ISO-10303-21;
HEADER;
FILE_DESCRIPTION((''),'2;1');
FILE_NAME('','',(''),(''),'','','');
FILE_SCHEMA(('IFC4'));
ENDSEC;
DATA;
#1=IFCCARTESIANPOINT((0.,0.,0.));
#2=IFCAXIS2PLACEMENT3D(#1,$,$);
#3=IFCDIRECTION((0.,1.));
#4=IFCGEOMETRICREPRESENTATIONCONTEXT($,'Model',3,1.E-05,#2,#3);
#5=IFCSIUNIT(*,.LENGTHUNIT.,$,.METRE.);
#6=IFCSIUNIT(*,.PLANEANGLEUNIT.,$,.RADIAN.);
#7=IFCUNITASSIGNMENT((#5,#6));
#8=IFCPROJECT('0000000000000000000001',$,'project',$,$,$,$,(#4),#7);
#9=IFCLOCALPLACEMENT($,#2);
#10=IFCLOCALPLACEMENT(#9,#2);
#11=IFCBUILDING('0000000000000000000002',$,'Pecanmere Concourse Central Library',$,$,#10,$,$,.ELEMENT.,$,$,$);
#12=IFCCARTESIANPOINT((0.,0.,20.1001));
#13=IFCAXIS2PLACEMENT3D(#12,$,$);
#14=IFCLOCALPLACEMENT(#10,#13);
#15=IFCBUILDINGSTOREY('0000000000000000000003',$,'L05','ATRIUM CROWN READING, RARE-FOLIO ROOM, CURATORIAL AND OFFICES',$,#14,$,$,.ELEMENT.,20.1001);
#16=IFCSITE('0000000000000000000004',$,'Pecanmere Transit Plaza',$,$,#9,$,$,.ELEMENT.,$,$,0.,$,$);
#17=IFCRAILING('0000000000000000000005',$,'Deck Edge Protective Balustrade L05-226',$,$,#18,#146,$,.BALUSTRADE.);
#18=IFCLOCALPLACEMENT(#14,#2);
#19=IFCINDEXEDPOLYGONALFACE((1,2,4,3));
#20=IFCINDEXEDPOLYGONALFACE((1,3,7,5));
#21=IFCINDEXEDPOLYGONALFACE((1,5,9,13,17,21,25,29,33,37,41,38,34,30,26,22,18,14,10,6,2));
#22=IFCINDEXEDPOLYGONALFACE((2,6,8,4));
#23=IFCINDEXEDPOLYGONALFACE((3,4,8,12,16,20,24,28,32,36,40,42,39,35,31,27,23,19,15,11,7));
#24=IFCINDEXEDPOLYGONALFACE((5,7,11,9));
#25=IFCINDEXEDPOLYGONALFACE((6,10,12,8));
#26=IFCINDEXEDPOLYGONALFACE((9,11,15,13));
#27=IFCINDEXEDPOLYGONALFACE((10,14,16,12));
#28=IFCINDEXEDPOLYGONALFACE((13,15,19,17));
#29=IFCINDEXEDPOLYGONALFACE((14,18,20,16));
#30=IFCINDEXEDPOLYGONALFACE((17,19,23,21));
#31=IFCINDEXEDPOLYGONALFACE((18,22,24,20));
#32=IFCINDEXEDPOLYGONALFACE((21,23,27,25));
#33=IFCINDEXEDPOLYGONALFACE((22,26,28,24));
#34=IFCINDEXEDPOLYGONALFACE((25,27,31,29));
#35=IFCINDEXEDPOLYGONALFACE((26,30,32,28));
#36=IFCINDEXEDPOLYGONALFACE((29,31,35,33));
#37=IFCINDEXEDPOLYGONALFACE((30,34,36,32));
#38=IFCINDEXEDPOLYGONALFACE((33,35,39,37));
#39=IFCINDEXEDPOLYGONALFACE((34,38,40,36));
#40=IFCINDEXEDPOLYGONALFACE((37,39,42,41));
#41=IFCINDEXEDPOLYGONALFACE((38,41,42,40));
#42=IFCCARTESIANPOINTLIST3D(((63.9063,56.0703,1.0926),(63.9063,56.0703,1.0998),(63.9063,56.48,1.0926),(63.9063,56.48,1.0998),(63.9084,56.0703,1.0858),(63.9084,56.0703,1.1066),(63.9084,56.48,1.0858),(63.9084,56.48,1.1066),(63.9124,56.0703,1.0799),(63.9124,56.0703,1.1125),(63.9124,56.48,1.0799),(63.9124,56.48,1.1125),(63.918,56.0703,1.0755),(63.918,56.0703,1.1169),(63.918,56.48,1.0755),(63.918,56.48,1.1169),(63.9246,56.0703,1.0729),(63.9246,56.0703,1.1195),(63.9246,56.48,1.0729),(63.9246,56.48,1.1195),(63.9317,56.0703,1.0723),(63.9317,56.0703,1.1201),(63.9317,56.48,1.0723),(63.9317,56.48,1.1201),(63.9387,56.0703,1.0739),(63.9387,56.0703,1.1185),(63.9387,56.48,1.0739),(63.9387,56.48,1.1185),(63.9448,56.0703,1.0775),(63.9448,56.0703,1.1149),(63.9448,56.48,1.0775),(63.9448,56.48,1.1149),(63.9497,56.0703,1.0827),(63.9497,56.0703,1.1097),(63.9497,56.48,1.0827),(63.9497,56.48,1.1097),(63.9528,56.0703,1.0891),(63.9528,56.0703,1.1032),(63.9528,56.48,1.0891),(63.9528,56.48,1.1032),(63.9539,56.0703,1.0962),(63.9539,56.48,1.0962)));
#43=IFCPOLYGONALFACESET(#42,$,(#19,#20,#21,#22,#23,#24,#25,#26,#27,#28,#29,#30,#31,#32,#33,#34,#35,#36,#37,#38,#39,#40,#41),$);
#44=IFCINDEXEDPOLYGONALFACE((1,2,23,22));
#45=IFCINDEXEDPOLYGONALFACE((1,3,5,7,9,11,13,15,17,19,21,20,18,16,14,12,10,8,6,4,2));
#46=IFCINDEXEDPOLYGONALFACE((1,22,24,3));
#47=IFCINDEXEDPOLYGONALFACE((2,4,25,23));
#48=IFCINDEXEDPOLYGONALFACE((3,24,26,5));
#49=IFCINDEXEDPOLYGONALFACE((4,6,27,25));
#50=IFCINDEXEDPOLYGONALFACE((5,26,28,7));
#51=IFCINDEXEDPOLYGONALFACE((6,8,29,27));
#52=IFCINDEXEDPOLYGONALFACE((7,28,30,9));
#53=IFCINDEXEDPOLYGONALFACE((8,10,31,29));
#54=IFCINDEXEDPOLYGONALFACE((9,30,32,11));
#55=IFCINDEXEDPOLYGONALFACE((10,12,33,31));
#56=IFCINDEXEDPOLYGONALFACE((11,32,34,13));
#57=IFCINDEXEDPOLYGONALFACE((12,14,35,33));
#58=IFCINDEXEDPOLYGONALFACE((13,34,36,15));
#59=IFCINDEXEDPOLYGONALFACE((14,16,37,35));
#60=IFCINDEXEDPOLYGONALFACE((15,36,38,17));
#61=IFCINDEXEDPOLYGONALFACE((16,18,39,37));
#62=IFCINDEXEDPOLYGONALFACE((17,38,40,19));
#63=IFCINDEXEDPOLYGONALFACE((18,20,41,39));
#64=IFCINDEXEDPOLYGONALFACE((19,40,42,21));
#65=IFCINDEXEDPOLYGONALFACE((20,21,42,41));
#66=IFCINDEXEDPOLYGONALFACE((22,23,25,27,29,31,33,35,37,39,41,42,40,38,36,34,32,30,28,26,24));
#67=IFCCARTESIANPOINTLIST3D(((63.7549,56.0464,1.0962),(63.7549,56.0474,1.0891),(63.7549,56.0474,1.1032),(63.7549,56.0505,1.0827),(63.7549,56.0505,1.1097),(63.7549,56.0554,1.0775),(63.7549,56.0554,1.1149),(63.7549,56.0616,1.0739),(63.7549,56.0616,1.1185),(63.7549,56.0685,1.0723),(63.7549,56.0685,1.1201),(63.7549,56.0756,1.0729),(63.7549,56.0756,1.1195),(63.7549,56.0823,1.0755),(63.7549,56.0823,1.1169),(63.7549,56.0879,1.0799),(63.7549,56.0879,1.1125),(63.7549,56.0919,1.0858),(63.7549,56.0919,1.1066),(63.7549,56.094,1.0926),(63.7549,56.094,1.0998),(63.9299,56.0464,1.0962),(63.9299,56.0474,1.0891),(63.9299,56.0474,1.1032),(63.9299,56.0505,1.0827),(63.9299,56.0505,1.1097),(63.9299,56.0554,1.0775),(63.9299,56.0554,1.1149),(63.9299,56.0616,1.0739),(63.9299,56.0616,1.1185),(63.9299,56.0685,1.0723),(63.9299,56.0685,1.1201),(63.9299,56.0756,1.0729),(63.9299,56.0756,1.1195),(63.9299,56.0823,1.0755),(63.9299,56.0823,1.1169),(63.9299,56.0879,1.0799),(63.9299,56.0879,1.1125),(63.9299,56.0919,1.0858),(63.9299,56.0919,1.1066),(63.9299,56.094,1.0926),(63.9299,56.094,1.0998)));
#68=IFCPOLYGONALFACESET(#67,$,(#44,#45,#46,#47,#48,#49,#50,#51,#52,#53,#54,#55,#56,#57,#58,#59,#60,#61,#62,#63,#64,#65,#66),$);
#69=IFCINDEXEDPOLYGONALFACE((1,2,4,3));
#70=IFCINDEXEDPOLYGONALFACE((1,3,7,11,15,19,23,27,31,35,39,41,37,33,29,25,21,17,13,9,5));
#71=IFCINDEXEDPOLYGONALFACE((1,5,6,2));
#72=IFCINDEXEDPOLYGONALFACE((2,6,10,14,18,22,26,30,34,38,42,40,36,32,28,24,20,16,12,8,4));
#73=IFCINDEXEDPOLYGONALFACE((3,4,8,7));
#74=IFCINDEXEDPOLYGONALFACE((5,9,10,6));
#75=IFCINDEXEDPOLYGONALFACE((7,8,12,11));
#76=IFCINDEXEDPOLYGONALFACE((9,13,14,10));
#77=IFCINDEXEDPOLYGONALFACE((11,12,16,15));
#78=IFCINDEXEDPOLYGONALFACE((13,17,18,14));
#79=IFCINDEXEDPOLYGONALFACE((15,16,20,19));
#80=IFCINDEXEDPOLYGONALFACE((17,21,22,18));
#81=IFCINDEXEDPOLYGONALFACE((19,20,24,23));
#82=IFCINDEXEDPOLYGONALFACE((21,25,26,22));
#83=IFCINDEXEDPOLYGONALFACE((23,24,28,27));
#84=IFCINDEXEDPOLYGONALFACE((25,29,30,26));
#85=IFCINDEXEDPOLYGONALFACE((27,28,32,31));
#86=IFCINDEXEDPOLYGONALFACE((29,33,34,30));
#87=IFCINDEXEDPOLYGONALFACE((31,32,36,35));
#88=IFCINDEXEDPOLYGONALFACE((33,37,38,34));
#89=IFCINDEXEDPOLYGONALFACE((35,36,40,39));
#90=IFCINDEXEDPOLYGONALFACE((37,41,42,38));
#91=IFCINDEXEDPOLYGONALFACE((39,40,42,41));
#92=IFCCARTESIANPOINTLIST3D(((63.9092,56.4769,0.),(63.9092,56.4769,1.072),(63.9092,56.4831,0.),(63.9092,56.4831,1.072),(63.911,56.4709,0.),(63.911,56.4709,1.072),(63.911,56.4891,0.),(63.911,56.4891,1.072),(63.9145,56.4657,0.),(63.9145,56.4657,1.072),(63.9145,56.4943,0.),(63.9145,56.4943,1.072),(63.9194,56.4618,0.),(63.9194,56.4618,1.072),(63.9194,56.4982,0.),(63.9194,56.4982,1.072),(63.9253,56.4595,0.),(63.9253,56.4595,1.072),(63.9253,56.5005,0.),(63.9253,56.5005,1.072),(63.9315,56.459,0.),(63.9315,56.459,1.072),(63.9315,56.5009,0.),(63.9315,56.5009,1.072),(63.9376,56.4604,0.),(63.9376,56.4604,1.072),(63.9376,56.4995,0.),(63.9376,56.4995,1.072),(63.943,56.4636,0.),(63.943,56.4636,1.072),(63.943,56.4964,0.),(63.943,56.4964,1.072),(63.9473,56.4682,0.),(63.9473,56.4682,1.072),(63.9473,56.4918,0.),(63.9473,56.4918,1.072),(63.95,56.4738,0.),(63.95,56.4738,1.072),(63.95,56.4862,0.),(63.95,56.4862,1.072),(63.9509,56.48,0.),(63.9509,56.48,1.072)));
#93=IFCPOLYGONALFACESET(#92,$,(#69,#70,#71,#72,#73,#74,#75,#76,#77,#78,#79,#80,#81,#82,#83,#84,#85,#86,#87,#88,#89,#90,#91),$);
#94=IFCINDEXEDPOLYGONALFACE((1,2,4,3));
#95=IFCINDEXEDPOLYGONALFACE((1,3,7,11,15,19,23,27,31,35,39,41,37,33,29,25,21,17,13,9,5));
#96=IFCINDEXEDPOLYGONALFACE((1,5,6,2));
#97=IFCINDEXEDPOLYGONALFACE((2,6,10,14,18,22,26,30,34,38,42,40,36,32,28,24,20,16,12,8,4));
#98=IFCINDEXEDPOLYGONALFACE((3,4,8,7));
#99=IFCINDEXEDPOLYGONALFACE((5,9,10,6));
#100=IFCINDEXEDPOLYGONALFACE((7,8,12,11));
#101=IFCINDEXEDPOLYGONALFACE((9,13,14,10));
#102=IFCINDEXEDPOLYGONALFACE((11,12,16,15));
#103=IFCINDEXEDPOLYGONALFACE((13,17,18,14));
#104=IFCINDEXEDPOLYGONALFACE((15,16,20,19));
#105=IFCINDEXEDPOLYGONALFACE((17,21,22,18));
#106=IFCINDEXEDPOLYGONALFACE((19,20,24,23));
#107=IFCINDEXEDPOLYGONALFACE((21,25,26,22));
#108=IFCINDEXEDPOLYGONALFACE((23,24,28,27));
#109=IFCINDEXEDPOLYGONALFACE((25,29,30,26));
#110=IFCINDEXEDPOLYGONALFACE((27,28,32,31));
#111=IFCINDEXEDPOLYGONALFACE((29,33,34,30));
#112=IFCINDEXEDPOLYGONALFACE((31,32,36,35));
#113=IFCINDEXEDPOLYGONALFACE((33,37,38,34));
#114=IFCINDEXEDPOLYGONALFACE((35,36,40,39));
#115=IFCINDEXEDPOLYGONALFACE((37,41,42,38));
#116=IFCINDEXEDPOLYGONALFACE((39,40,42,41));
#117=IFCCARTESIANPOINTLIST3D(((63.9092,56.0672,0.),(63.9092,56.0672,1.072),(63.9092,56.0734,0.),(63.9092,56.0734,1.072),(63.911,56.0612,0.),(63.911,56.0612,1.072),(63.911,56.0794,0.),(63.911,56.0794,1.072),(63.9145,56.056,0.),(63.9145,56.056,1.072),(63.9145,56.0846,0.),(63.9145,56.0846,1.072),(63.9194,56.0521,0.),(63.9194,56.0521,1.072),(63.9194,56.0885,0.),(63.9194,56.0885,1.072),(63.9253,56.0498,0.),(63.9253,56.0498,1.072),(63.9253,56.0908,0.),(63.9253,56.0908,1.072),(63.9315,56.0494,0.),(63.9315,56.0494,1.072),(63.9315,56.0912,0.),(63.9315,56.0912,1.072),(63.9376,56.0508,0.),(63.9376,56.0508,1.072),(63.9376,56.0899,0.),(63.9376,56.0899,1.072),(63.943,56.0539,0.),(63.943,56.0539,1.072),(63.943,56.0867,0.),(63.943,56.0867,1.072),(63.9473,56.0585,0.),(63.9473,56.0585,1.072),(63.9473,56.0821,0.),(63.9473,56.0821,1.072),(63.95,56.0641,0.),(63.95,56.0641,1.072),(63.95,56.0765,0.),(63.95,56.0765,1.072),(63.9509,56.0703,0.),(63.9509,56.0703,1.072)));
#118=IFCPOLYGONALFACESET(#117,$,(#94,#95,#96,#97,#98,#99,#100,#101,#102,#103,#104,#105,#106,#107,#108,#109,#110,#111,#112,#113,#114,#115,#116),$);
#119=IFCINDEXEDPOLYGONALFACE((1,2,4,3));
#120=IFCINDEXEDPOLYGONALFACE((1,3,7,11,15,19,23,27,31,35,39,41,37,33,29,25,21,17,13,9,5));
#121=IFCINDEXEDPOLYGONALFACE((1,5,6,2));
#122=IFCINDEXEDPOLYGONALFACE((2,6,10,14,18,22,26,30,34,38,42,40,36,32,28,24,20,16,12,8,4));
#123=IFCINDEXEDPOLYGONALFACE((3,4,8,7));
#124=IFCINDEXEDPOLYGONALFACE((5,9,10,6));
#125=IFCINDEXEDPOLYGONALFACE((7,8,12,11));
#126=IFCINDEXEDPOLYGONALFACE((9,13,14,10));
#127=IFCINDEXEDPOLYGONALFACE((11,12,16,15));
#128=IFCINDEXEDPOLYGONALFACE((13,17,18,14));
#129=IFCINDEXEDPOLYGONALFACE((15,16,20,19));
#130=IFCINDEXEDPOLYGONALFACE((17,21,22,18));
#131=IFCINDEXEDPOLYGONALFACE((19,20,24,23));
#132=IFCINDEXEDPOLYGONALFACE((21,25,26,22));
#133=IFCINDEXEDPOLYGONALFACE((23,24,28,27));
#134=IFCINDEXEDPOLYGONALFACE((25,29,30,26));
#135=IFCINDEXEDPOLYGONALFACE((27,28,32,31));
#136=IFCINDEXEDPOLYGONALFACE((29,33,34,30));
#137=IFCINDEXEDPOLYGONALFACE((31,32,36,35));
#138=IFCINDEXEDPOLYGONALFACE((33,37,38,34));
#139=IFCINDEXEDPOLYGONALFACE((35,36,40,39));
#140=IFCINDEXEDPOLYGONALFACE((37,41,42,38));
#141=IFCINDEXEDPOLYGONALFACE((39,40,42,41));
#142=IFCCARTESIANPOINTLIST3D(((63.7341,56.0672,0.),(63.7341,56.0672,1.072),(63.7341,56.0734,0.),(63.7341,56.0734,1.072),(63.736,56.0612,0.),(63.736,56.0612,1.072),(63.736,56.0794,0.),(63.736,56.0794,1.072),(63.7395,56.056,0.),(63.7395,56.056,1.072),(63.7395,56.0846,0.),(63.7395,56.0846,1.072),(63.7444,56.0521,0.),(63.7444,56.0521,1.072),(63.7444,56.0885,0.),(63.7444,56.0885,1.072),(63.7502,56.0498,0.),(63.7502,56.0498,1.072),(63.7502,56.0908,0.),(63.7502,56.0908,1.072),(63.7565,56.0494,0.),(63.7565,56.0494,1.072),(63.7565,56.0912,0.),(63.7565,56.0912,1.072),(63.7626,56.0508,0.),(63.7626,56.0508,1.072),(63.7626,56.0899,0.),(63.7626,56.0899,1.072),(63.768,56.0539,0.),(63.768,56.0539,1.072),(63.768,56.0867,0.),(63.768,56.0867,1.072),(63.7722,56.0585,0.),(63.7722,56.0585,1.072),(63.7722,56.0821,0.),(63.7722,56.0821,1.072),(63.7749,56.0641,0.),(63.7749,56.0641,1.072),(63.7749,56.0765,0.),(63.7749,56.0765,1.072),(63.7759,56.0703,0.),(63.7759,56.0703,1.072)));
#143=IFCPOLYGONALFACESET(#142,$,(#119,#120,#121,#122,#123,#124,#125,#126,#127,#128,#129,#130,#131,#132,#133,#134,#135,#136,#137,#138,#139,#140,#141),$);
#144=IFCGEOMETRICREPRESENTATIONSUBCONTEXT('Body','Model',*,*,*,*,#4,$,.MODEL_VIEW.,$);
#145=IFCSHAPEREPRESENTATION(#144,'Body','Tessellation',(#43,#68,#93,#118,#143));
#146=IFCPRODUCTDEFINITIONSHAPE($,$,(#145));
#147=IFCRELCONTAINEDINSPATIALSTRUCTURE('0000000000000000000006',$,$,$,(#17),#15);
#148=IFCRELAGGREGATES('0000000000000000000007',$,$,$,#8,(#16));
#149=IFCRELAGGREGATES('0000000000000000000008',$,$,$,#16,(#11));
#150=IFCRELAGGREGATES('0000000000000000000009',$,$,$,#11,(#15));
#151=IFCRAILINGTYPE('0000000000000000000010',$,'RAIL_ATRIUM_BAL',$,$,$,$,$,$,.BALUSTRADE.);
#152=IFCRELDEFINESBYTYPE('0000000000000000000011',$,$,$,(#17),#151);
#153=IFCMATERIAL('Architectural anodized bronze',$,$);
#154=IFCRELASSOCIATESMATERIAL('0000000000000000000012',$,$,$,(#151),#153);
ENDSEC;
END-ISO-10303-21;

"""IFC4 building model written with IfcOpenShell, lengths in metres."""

from ifc_helpers import new_model, si_unit, direction, frame, origin, origin_2d, place, context, subcontext, project, spatial, circle, extrude, material, type_object, element, save


model = new_model("IFC4")

# Units and contexts
model_context = context("Model", 3, precision=1e-05, world=origin(), true_north=direction((0.0, 1.0)))
body_context = subcontext(model_context, "Body", "Model", "MODEL_VIEW")
ifc_project = project(units=[si_unit("LENGTHUNIT", "METRE"), si_unit("PLANEANGLEUNIT", "RADIAN")], contexts=[model_context])

# Site, building, storey
site_placement = place(None, origin())
site = spatial("IfcSite", under=ifc_project, at=site_placement, Name="Pecanmere Transit Plaza", CompositionType="ELEMENT", RefElevation=0.0)
building_placement = place(site_placement, origin())
building = spatial("IfcBuilding", under=site, at=building_placement, Name="Pecanmere Concourse Central Library", CompositionType="ELEMENT")
storey_placement = place(building_placement, frame((0.0, 0.0, 20.1001)))
storey = spatial("IfcBuildingStorey", under=building, at=storey_placement, Name="L05", Description="ATRIUM CROWN READING, RARE-FOLIO ROOM, CURATORIAL AND OFFICES", CompositionType="ELEMENT", Elevation=20.1001)

# Railing
ifc_material_1 = material(Name="Architectural anodized bronze")
railing_type_1 = type_object("IfcRailingType", Name="RAIL_ATRIUM_BAL", PredefinedType="BALUSTRADE", material=ifc_material_1)
railing_1_placement = place(storey_placement, frame((63.9299, 56.48, 0.0)))
element("IfcRailing", 1, at=railing_1_placement, inside=storey, type_object=railing_type_1, Name="Deck Edge Protective Balustrade L05-226", PredefinedType="BALUSTRADE", context=body_context, shape_type="SweptSolid", body=[
    extrude(circle(Radius=0.0239, at=origin_2d()), frame((0.0, 0.0, 1.0962), z_axis=(0.0, -1.0, 0.0), x_axis=(1.0, 0.0, 0.0)), (0.0, 0.0, 1.0), 0.4097),
    extrude(circle(Radius=0.0239, at=origin_2d()), frame((0.0, -0.4097, 1.0962), z_axis=(-1.0, 0.0, 0.0), x_axis=(0.0, -1.0, 0.0)), (0.0, 0.0, 1.0), 0.175),
    extrude(circle(Radius=0.021, at=origin_2d()), origin(), (0.0, 0.0, 1.0), 1.072),
    extrude(circle(Radius=0.021, at=origin_2d()), frame((0.0, -0.4097, 0.0)), (0.0, 0.0, 1.0), 1.072),
    extrude(circle(Radius=0.021, at=origin_2d()), frame((-0.175, -0.4097, 0.0)), (0.0, 0.0, 1.0), 1.072),
])

save(model, "model.ifc")
